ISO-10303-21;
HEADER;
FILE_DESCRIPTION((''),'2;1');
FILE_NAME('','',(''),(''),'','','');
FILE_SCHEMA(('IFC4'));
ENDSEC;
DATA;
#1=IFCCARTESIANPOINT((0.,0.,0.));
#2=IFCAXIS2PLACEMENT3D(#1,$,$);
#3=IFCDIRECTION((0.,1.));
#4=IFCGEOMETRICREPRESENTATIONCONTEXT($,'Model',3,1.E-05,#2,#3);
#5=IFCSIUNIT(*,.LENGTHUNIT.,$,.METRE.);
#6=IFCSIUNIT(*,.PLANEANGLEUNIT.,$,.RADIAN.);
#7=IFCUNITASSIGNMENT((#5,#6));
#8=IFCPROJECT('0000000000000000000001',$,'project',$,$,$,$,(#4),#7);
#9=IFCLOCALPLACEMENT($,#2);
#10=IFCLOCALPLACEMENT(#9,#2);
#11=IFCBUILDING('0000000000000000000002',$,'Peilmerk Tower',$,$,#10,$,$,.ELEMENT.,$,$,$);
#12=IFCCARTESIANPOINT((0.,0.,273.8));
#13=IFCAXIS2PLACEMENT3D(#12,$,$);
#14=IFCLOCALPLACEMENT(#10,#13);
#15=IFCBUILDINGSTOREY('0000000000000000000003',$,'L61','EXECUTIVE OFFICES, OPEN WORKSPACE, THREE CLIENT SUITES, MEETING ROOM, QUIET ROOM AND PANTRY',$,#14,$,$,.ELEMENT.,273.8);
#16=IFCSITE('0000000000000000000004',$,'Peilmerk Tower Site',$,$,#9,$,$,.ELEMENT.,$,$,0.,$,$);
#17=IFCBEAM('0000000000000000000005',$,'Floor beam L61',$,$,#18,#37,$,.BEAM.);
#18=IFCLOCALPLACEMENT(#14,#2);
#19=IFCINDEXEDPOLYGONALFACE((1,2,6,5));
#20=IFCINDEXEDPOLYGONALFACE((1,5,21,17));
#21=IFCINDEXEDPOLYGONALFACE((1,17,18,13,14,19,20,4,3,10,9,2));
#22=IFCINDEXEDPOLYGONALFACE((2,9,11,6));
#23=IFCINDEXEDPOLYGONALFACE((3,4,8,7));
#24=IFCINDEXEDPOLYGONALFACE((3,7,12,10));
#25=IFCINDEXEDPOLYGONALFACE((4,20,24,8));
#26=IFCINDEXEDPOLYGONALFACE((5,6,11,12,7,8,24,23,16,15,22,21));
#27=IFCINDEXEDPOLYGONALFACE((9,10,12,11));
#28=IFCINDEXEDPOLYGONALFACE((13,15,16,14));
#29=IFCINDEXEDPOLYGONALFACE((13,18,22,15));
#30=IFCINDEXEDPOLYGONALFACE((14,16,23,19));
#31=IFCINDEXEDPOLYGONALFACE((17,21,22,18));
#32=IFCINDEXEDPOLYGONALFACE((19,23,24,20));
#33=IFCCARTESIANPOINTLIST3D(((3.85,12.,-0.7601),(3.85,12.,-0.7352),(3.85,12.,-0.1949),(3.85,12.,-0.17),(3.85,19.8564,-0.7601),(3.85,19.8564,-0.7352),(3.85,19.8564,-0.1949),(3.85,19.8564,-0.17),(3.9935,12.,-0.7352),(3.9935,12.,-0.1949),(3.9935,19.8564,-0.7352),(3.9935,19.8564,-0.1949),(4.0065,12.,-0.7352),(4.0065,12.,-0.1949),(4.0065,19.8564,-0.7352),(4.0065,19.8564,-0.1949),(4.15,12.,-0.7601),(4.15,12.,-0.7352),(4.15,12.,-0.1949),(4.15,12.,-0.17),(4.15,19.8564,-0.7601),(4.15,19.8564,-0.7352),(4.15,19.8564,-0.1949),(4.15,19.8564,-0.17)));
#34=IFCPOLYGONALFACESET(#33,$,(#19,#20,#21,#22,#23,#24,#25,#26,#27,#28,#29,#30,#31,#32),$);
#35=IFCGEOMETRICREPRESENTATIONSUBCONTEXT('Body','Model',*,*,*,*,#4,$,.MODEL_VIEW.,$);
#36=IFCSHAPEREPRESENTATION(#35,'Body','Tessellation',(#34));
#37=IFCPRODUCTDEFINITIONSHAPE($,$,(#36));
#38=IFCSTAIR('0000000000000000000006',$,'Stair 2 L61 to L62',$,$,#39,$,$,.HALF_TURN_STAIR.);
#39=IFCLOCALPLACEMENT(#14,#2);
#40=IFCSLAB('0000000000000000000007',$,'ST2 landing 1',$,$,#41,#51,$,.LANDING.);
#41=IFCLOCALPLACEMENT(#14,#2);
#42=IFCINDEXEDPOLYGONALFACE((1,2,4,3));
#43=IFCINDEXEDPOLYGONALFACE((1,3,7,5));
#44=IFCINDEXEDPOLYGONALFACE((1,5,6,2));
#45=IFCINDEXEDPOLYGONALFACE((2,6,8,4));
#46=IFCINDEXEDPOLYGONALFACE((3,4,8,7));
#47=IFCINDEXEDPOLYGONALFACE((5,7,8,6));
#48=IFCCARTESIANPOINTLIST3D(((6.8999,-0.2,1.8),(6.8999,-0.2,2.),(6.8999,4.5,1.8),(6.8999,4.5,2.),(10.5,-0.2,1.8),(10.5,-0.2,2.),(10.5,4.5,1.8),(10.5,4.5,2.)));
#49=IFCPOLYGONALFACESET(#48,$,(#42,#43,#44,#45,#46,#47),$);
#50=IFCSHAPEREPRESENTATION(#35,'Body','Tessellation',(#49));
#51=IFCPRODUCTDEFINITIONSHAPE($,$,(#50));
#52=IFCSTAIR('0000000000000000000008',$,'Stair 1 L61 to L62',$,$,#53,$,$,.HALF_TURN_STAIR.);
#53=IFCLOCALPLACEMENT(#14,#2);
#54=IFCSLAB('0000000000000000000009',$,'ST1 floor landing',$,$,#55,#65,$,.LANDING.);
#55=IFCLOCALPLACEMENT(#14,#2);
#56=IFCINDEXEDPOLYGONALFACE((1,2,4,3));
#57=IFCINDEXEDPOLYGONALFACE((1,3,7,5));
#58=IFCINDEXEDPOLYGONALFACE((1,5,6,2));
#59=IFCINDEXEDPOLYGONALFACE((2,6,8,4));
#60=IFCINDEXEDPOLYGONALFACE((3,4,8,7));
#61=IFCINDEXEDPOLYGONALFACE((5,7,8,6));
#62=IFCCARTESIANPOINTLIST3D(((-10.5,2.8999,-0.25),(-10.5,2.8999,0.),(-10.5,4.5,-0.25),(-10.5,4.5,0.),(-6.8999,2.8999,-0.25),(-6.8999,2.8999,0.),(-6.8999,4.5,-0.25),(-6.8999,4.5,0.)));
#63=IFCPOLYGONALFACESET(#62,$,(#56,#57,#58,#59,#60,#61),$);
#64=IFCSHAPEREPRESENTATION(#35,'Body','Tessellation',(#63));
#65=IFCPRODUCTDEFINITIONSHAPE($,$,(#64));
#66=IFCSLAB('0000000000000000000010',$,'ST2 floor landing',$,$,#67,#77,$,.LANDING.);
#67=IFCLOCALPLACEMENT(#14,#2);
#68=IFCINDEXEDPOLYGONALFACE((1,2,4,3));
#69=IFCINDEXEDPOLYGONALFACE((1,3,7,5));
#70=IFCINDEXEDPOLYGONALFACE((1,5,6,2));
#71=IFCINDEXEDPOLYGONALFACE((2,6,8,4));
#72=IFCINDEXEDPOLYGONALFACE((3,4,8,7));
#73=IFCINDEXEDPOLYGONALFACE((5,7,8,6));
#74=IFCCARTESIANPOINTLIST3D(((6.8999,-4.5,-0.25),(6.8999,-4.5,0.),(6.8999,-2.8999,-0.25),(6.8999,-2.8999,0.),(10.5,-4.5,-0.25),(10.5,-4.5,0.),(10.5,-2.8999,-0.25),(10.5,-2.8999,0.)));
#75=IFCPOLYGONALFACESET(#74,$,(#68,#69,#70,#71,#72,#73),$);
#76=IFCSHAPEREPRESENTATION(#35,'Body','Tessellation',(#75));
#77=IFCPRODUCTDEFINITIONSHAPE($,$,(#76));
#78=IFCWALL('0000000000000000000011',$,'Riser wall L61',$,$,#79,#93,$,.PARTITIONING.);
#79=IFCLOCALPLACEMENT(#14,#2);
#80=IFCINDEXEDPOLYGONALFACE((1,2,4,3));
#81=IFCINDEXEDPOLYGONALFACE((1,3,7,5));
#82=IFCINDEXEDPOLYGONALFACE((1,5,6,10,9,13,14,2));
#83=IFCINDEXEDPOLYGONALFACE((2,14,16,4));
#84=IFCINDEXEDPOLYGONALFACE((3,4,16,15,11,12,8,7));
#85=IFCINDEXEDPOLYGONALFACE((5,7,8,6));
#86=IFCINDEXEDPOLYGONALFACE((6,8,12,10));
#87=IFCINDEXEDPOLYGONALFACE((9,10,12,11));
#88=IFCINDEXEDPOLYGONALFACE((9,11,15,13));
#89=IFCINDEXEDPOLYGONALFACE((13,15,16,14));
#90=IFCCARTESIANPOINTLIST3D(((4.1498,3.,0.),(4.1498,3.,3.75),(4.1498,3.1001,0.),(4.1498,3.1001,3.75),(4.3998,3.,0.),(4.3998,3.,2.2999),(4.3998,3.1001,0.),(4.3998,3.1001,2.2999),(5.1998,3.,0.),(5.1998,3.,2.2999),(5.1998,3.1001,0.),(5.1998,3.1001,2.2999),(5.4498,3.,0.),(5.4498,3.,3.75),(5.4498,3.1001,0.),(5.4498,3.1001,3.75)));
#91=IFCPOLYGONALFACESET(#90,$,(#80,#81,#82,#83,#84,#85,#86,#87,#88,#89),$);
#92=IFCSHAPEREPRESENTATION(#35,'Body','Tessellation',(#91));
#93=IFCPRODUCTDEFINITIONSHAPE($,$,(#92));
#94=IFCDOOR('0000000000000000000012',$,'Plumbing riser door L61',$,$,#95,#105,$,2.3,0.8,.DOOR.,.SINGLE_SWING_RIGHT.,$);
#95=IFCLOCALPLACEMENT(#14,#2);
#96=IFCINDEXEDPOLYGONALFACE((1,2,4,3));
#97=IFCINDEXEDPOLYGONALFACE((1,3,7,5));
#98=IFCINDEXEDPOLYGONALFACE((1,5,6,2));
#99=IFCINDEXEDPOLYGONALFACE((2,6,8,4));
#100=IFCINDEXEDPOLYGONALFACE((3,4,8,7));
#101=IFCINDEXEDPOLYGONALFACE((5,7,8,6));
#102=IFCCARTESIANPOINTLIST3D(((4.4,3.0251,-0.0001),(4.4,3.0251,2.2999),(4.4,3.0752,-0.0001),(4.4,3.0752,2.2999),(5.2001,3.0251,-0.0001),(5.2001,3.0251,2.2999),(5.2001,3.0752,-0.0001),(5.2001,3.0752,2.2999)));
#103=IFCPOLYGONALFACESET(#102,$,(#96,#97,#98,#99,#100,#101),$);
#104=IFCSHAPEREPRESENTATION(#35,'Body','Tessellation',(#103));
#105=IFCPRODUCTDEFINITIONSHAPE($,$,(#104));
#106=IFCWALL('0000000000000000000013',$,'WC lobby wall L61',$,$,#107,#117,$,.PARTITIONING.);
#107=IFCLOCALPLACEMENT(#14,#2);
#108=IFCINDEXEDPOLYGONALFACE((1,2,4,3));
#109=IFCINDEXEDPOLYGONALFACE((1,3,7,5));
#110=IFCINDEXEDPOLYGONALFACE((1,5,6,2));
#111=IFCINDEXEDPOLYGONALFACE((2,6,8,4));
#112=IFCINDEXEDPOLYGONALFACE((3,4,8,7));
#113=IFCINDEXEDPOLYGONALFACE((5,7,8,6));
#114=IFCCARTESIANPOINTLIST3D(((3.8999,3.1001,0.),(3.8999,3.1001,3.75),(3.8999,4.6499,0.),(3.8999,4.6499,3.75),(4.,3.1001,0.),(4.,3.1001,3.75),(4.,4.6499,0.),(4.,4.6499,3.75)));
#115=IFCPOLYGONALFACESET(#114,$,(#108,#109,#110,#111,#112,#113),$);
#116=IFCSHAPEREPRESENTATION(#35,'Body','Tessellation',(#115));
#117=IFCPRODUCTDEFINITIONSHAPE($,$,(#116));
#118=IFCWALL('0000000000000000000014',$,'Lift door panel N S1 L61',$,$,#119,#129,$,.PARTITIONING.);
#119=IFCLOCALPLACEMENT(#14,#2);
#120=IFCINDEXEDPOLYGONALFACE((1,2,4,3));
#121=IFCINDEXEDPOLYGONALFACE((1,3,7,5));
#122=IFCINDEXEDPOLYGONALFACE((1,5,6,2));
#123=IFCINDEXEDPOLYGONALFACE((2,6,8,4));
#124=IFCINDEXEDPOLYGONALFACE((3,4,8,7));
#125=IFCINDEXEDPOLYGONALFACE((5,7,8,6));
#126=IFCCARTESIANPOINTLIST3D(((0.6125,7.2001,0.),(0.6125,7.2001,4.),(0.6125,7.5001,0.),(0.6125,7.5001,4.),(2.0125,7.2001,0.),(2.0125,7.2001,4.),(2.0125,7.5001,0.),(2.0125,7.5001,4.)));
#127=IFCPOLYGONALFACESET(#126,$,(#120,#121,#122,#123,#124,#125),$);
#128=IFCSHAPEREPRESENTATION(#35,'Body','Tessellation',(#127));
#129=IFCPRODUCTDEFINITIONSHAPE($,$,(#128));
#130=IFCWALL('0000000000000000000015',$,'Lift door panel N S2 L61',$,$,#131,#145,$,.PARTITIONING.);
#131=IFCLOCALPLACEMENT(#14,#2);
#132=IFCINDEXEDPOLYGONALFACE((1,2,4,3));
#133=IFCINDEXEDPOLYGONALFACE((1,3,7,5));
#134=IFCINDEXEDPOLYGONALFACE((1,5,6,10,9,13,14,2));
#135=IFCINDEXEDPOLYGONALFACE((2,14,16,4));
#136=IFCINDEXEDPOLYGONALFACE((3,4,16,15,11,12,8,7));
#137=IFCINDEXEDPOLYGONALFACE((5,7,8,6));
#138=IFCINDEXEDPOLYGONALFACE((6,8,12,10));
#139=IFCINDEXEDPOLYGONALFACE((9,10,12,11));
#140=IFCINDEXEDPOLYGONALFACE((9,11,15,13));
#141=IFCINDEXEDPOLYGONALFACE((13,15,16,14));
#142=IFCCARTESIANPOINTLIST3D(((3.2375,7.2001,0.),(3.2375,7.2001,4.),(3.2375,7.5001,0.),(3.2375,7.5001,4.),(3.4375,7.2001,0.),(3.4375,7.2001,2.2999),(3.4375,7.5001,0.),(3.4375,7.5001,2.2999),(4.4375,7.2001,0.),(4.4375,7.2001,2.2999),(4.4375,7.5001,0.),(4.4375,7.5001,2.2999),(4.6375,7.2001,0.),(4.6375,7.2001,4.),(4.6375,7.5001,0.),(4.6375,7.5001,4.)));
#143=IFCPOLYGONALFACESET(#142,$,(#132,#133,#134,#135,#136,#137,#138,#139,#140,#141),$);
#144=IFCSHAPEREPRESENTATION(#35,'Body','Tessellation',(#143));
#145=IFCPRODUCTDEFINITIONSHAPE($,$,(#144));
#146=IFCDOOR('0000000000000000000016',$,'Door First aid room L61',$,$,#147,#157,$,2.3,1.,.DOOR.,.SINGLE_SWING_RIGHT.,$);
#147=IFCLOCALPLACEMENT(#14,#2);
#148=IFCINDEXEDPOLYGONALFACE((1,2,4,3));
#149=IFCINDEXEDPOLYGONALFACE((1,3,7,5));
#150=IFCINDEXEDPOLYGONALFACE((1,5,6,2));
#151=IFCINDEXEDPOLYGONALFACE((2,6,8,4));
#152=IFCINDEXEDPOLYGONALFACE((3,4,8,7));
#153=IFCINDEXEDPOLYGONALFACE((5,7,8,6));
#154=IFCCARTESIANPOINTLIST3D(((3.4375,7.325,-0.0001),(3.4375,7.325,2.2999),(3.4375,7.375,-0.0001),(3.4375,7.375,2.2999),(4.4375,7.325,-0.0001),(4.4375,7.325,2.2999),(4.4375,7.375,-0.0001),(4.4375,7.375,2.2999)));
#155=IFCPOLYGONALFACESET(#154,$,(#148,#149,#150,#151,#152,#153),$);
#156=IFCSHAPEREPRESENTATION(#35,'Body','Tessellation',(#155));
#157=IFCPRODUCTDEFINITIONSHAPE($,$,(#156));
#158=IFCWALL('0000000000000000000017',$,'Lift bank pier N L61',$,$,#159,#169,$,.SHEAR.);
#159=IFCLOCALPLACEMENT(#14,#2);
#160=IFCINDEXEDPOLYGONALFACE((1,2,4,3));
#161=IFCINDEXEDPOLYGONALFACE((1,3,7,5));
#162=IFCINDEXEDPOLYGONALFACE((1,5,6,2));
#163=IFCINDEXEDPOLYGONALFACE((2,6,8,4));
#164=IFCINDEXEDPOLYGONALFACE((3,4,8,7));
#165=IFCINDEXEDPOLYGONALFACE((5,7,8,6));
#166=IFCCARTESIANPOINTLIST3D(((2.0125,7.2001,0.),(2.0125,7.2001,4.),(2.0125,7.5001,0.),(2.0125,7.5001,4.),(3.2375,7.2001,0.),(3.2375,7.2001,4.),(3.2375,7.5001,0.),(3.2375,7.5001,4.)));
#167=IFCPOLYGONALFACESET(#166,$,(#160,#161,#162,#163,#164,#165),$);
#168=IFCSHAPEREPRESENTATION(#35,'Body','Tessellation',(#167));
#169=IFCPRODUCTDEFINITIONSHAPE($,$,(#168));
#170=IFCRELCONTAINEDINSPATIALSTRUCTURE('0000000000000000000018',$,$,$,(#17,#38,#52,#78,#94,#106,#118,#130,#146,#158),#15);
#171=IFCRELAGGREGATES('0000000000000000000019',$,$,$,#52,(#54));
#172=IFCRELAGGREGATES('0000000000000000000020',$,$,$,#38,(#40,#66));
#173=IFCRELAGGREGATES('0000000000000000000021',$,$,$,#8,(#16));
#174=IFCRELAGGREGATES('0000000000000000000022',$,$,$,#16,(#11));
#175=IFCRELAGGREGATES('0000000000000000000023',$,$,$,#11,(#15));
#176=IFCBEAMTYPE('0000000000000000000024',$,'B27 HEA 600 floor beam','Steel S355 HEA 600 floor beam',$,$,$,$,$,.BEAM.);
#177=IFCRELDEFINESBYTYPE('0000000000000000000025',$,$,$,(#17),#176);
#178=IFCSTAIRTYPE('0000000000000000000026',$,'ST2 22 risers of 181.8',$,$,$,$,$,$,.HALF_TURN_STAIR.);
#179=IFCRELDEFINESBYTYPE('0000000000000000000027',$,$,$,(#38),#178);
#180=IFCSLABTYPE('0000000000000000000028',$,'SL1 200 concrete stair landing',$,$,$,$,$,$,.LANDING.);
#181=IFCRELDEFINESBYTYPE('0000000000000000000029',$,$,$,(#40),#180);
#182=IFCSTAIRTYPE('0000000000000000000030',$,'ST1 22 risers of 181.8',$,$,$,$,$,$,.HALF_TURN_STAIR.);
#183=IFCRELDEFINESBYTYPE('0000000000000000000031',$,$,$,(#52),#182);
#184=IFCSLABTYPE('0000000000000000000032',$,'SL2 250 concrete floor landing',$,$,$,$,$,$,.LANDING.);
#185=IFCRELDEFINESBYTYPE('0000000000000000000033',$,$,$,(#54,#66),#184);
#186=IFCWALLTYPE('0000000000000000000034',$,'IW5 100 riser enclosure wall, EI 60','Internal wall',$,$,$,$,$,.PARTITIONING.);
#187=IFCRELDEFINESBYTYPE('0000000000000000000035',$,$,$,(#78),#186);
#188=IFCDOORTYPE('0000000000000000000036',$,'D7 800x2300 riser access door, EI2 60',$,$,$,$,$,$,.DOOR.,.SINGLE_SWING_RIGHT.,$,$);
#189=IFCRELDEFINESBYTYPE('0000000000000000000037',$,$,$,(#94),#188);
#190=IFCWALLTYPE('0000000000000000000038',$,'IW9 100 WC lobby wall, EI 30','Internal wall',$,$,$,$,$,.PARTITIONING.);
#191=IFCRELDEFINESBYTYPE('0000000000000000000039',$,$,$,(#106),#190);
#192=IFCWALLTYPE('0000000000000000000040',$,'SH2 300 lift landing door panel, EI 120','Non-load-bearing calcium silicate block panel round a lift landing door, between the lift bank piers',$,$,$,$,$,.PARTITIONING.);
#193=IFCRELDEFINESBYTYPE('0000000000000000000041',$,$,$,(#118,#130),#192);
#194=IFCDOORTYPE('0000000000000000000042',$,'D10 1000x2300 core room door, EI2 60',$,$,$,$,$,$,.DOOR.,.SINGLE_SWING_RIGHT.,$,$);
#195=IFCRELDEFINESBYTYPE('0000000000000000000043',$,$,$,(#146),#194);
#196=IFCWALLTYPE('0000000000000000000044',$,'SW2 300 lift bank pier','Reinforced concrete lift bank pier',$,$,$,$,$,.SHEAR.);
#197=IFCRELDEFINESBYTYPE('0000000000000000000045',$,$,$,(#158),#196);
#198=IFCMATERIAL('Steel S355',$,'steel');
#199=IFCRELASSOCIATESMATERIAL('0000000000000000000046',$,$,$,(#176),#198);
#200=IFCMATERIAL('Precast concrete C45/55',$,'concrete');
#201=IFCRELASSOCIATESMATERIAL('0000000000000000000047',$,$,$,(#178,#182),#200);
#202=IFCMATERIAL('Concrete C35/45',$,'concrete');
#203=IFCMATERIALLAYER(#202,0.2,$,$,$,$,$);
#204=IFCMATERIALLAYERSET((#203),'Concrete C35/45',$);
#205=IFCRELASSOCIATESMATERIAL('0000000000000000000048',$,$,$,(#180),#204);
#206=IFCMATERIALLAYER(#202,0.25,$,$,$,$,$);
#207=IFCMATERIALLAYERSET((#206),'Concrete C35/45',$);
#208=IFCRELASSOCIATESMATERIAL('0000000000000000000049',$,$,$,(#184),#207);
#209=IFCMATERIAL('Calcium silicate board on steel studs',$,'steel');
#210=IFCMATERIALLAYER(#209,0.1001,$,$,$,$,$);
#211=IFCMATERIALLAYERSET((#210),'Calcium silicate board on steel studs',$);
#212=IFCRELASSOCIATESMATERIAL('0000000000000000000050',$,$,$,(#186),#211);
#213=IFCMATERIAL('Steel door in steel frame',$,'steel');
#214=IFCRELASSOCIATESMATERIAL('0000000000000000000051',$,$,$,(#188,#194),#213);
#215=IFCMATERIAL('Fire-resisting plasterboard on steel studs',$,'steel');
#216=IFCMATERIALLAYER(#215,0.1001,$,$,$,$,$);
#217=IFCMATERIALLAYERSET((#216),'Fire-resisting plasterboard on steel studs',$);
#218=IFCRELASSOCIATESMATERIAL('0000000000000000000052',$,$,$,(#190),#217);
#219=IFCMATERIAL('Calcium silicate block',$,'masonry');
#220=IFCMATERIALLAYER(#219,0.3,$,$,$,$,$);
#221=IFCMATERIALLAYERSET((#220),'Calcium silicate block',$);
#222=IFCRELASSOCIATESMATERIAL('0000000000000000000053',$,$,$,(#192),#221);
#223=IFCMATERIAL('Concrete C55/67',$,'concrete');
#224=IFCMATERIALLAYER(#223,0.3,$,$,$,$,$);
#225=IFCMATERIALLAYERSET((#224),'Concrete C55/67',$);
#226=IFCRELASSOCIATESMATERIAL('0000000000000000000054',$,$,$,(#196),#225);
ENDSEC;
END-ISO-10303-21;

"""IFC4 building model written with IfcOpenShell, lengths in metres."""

from ifc_helpers import new_model, si_unit, direction, frame, frame_2d, origin, origin_2d, place, context, subcontext, project, spatial, polyline, rectangle, i_section, outline, extrude, material, layer, layer_set, material_profile, profile_set, type_object, element, fill, aggregate, save


model = new_model("IFC4")

# Units and contexts
model_context = context("Model", 3, precision=1e-05, world=origin(), true_north=direction((0.0, 1.0)))
body_context = subcontext(model_context, "Body", "Model", "MODEL_VIEW")
ifc_project = project(units=[si_unit("LENGTHUNIT", "METRE"), si_unit("PLANEANGLEUNIT", "RADIAN")], contexts=[model_context])

# Site, building, storey
site_placement = place(None, origin())
site = spatial("IfcSite", under=ifc_project, at=site_placement, Name="Peilmerk Tower Site", CompositionType="ELEMENT", RefElevation=0.0)
building_placement = place(site_placement, origin())
building = spatial("IfcBuilding", under=site, at=building_placement, Name="Peilmerk Tower", CompositionType="ELEMENT")
storey_placement = place(building_placement, frame((0.0, 0.0, 273.8)))
storey = spatial("IfcBuildingStorey", under=building, at=storey_placement, Name="L61", Description="EXECUTIVE OFFICES, OPEN WORKSPACE, THREE CLIENT SUITES, MEETING ROOM, QUIET ROOM AND PANTRY", CompositionType="ELEMENT", Elevation=273.8)

# Beam
ifc_material_1 = material(Name="Steel S355", Category="steel")
ifc_material_profile = material_profile(ifc_material_1, i_section(OverallWidth=0.3, OverallDepth=0.5901, WebThickness=0.0129, FlangeThickness=0.0249, at=origin_2d()), Name="HEA 600")
ifc_profile_set = profile_set([ifc_material_profile], Name="Steel S355")
beam_type = type_object("IfcBeamType", Name="B27 HEA 600 floor beam", Description="Steel S355 HEA 600 floor beam", PredefinedType="BEAM", material=ifc_profile_set)
beam_placement = place(storey_placement, frame((4.0, 12.0, -0.4651), z_axis=(0.0, 1.0, 0.0), x_axis=(-1.0, 0.0, 0.0)))
element("IfcBeam", 1, at=beam_placement, inside=storey, type_object=beam_type, Name="Floor beam L61", PredefinedType="BEAM", context=body_context, shape_type="SweptSolid", body=[
    extrude(i_section(OverallWidth=0.3, OverallDepth=0.5901, WebThickness=0.0129, FlangeThickness=0.0249, at=origin_2d()), origin(), (0.0, 0.0, 1.0), 7.8564),
])

# Stairs, slabs
ifc_material_2 = material(Name="Precast concrete C45/55", Category="concrete")
stair_type_1 = type_object("IfcStairType", Name="ST2 22 risers of 181.8", PredefinedType="HALF_TURN_STAIR", material=ifc_material_2)
stair_1_placement = place(storey_placement, origin())
stair_1 = element("IfcStair", 2, at=stair_1_placement, inside=storey, type_object=stair_type_1, Name="Stair 2 L61 to L62", PredefinedType="HALF_TURN_STAIR")
ifc_material_3 = material(Name="Concrete C35/45", Category="concrete")
ifc_layer_1 = layer(ifc_material_3, 0.2)
ifc_layer_set_1 = layer_set([ifc_layer_1], Name="Concrete C35/45")
slab_type_1 = type_object("IfcSlabType", Name="SL1 200 concrete stair landing", PredefinedType="LANDING", material=ifc_layer_set_1)
slab_1_placement = place(storey_placement, frame((0.0, 0.0, 1.8)))
slab_1 = element("IfcSlab", 3, at=slab_1_placement, type_object=slab_type_1, Name="ST2 landing 1", PredefinedType="LANDING", context=body_context, shape_type="SweptSolid", body=[
    extrude(outline(polyline([(6.8999, -0.2), (10.5, -0.2), (10.5, 4.5), (6.8999, 4.5), (6.8999, -0.2)])), origin(), (0.0, 0.0, 1.0), 0.2),
])
stair_type_2 = type_object("IfcStairType", Name="ST1 22 risers of 181.8", PredefinedType="HALF_TURN_STAIR", material=ifc_material_2)
stair_2_placement = place(storey_placement, origin())
stair_2 = element("IfcStair", 4, at=stair_2_placement, inside=storey, type_object=stair_type_2, Name="Stair 1 L61 to L62", PredefinedType="HALF_TURN_STAIR")
ifc_layer_2 = layer(ifc_material_3, 0.25)
ifc_layer_set_2 = layer_set([ifc_layer_2], Name="Concrete C35/45")
slab_type_2 = type_object("IfcSlabType", Name="SL2 250 concrete floor landing", PredefinedType="LANDING", material=ifc_layer_set_2)
slab_2_placement = place(storey_placement, frame((0.0, 0.0, -0.25)))
slab_2 = element("IfcSlab", 5, at=slab_2_placement, type_object=slab_type_2, Name="ST1 floor landing", PredefinedType="LANDING", context=body_context, shape_type="SweptSolid", body=[
    extrude(outline(polyline([(-10.5, 2.8999), (-6.8999, 2.8999), (-6.8999, 4.5), (-10.5, 4.5), (-10.5, 2.8999)])), origin(), (0.0, 0.0, 1.0), 0.25),
])
aggregate(stair_2, [slab_2])

# Slab
slab_3_placement = place(storey_placement, frame((0.0, 0.0, -0.25)))
slab_3 = element("IfcSlab", 6, at=slab_3_placement, type_object=slab_type_2, Name="ST2 floor landing", PredefinedType="LANDING", context=body_context, shape_type="SweptSolid", body=[
    extrude(outline(polyline([(6.8999, -4.5), (10.5, -4.5), (10.5, -2.8999), (6.8999, -2.8999), (6.8999, -4.5)])), origin(), (0.0, 0.0, 1.0), 0.25),
])
aggregate(stair_1, [slab_1, slab_3])

# Wall, opening, door
ifc_material_4 = material(Name="Calcium silicate board on steel studs", Category="steel")
ifc_layer_3 = layer(ifc_material_4, 0.1001)
ifc_layer_set_3 = layer_set([ifc_layer_3], Name="Calcium silicate board on steel studs")
wall_type_1 = type_object("IfcWallType", Name="IW5 100 riser enclosure wall, EI 60", Description="Internal wall", PredefinedType="PARTITIONING", material=ifc_layer_set_3)
wall_1_placement = place(storey_placement, frame((4.1499, 3.05, 0.0), z_axis=(0.0, 0.0, 1.0), x_axis=(1.0, 0.0, 0.0)))
wall_1 = element("IfcWall", 7, at=wall_1_placement, inside=storey, type_object=wall_type_1, Name="Riser wall L61", PredefinedType="PARTITIONING", context=body_context, shape_type="SweptSolid", body=[
    extrude(rectangle(XDim=1.3, YDim=0.1001, at=frame_2d((0.6499, 0.0))), origin(), (0.0, 0.0, 1.0), 3.75),
])
opening_1_placement = place(wall_1_placement, frame((0.25, 0.0, 0.0)))
opening_1 = element("IfcOpeningElement", 8, at=opening_1_placement, cuts=wall_1, PredefinedType="OPENING", context=body_context, shape_type="SweptSolid", body=[
    extrude(rectangle(XDim=0.8, YDim=2.3, at=frame_2d((0.3999, 1.1499))), frame((0.0, 0.0601, 0.0), z_axis=(0.0, -1.0, 0.0), x_axis=(1.0, 0.0, 0.0)), (0.0, 0.0, 1.0), 0.1201),
])
ifc_material_5 = material(Name="Steel door in steel frame", Category="steel")
door_type_1 = type_object("IfcDoorType", Name="D7 800x2300 riser access door, EI2 60", OperationType="SINGLE_SWING_RIGHT", PredefinedType="DOOR", material=ifc_material_5)
door_1_placement = place(opening_1_placement, frame((0.8, 0.0, 0.0), z_axis=(0.0, 0.0, 1.0), x_axis=(-1.0, 0.0, 0.0)))
door_1 = element("IfcDoor", 9, at=door_1_placement, inside=storey, type_object=door_type_1, Name="Plumbing riser door L61", OperationType="SINGLE_SWING_RIGHT", OverallHeight=2.3, OverallWidth=0.8, PredefinedType="DOOR", context=body_context, shape_type="SweptSolid", body=[
    extrude(rectangle(XDim=0.8, YDim=2.3, at=frame_2d((0.3999, 1.1499))), frame((0.0, 0.0249, 0.0), z_axis=(0.0, -1.0, 0.0), x_axis=(1.0, 0.0, 0.0)), (0.0, 0.0, 1.0), 0.05),
])
fill(opening_1, door_1)

# Walls
ifc_material_6 = material(Name="Fire-resisting plasterboard on steel studs", Category="steel")
ifc_layer_4 = layer(ifc_material_6, 0.1001)
ifc_layer_set_4 = layer_set([ifc_layer_4], Name="Fire-resisting plasterboard on steel studs")
wall_type_2 = type_object("IfcWallType", Name="IW9 100 WC lobby wall, EI 30", Description="Internal wall", PredefinedType="PARTITIONING", material=ifc_layer_set_4)
wall_2_placement = place(storey_placement, frame((3.95, 3.1001, 0.0), z_axis=(0.0, 0.0, 1.0), x_axis=(0.0, 1.0, 0.0)))
element("IfcWall", 10, at=wall_2_placement, inside=storey, type_object=wall_type_2, Name="WC lobby wall L61", PredefinedType="PARTITIONING", context=body_context, shape_type="SweptSolid", body=[
    extrude(rectangle(XDim=1.5498, YDim=0.1001, at=frame_2d((0.7749, 0.0))), origin(), (0.0, 0.0, 1.0), 3.75),
])
ifc_material_7 = material(Name="Calcium silicate block", Category="masonry")
ifc_layer_5 = layer(ifc_material_7, 0.3)
ifc_layer_set_5 = layer_set([ifc_layer_5], Name="Calcium silicate block")
wall_type_3 = type_object("IfcWallType", Name="SH2 300 lift landing door panel, EI 120", Description="Non-load-bearing calcium silicate block panel round a lift landing door, between the lift bank piers", PredefinedType="PARTITIONING", material=ifc_layer_set_5)
wall_3_placement = place(storey_placement, frame((0.6125, 7.3501, 0.0), z_axis=(0.0, 0.0, 1.0), x_axis=(1.0, 0.0, 0.0)))
element("IfcWall", 11, at=wall_3_placement, inside=storey, type_object=wall_type_3, Name="Lift door panel N S1 L61", PredefinedType="PARTITIONING", context=body_context, shape_type="SweptSolid", body=[
    extrude(rectangle(XDim=1.3999, YDim=0.3, at=frame_2d((0.7, 0.0))), origin(), (0.0, 0.0, 1.0), 4.0),
])

# Wall, opening, door
wall_4_placement = place(storey_placement, frame((3.2375, 7.3501, 0.0), z_axis=(0.0, 0.0, 1.0), x_axis=(1.0, 0.0, 0.0)))
wall_4 = element("IfcWall", 12, at=wall_4_placement, inside=storey, type_object=wall_type_3, Name="Lift door panel N S2 L61", PredefinedType="PARTITIONING", context=body_context, shape_type="SweptSolid", body=[
    extrude(rectangle(XDim=1.3999, YDim=0.3, at=frame_2d((0.7, 0.0))), origin(), (0.0, 0.0, 1.0), 4.0),
])
opening_2_placement = place(wall_4_placement, frame((0.2, 0.0, 0.0)))
opening_2 = element("IfcOpeningElement", 13, at=opening_2_placement, cuts=wall_4, PredefinedType="OPENING", context=body_context, shape_type="SweptSolid", body=[
    extrude(rectangle(XDim=1.0, YDim=2.3, at=frame_2d((0.5, 1.1499))), frame((0.0, 0.1599, 0.0), z_axis=(0.0, -1.0, 0.0), x_axis=(1.0, 0.0, 0.0)), (0.0, 0.0, 1.0), 0.3201),
])
door_type_2 = type_object("IfcDoorType", Name="D10 1000x2300 core room door, EI2 60", OperationType="SINGLE_SWING_RIGHT", PredefinedType="DOOR", material=ifc_material_5)
door_2_placement = place(opening_2_placement, origin())
door_2 = element("IfcDoor", 14, at=door_2_placement, inside=storey, type_object=door_type_2, Name="Door First aid room L61", OperationType="SINGLE_SWING_RIGHT", OverallHeight=2.3, OverallWidth=1.0, PredefinedType="DOOR", context=body_context, shape_type="SweptSolid", body=[
    extrude(rectangle(XDim=1.0, YDim=2.3, at=frame_2d((0.5, 1.1499))), frame((0.0, 0.0249, 0.0), z_axis=(0.0, -1.0, 0.0), x_axis=(1.0, 0.0, 0.0)), (0.0, 0.0, 1.0), 0.05),
])
fill(opening_2, door_2)

# Wall
ifc_material_8 = material(Name="Concrete C55/67", Category="concrete")
ifc_layer_6 = layer(ifc_material_8, 0.3)
ifc_layer_set_6 = layer_set([ifc_layer_6], Name="Concrete C55/67")
wall_type_4 = type_object("IfcWallType", Name="SW2 300 lift bank pier", Description="Reinforced concrete lift bank pier", PredefinedType="SHEAR", material=ifc_layer_set_6)
wall_5_placement = place(storey_placement, frame((2.0125, 7.3501, 0.0), z_axis=(0.0, 0.0, 1.0), x_axis=(1.0, 0.0, 0.0)))
element("IfcWall", 15, at=wall_5_placement, inside=storey, type_object=wall_type_4, Name="Lift bank pier N L61", PredefinedType="SHEAR", context=body_context, shape_type="SweptSolid", body=[
    extrude(rectangle(XDim=1.2251, YDim=0.3, at=frame_2d((0.6125, 0.0))), origin(), (0.0, 0.0, 1.0), 4.0),
])

save(model, "model.ifc")
